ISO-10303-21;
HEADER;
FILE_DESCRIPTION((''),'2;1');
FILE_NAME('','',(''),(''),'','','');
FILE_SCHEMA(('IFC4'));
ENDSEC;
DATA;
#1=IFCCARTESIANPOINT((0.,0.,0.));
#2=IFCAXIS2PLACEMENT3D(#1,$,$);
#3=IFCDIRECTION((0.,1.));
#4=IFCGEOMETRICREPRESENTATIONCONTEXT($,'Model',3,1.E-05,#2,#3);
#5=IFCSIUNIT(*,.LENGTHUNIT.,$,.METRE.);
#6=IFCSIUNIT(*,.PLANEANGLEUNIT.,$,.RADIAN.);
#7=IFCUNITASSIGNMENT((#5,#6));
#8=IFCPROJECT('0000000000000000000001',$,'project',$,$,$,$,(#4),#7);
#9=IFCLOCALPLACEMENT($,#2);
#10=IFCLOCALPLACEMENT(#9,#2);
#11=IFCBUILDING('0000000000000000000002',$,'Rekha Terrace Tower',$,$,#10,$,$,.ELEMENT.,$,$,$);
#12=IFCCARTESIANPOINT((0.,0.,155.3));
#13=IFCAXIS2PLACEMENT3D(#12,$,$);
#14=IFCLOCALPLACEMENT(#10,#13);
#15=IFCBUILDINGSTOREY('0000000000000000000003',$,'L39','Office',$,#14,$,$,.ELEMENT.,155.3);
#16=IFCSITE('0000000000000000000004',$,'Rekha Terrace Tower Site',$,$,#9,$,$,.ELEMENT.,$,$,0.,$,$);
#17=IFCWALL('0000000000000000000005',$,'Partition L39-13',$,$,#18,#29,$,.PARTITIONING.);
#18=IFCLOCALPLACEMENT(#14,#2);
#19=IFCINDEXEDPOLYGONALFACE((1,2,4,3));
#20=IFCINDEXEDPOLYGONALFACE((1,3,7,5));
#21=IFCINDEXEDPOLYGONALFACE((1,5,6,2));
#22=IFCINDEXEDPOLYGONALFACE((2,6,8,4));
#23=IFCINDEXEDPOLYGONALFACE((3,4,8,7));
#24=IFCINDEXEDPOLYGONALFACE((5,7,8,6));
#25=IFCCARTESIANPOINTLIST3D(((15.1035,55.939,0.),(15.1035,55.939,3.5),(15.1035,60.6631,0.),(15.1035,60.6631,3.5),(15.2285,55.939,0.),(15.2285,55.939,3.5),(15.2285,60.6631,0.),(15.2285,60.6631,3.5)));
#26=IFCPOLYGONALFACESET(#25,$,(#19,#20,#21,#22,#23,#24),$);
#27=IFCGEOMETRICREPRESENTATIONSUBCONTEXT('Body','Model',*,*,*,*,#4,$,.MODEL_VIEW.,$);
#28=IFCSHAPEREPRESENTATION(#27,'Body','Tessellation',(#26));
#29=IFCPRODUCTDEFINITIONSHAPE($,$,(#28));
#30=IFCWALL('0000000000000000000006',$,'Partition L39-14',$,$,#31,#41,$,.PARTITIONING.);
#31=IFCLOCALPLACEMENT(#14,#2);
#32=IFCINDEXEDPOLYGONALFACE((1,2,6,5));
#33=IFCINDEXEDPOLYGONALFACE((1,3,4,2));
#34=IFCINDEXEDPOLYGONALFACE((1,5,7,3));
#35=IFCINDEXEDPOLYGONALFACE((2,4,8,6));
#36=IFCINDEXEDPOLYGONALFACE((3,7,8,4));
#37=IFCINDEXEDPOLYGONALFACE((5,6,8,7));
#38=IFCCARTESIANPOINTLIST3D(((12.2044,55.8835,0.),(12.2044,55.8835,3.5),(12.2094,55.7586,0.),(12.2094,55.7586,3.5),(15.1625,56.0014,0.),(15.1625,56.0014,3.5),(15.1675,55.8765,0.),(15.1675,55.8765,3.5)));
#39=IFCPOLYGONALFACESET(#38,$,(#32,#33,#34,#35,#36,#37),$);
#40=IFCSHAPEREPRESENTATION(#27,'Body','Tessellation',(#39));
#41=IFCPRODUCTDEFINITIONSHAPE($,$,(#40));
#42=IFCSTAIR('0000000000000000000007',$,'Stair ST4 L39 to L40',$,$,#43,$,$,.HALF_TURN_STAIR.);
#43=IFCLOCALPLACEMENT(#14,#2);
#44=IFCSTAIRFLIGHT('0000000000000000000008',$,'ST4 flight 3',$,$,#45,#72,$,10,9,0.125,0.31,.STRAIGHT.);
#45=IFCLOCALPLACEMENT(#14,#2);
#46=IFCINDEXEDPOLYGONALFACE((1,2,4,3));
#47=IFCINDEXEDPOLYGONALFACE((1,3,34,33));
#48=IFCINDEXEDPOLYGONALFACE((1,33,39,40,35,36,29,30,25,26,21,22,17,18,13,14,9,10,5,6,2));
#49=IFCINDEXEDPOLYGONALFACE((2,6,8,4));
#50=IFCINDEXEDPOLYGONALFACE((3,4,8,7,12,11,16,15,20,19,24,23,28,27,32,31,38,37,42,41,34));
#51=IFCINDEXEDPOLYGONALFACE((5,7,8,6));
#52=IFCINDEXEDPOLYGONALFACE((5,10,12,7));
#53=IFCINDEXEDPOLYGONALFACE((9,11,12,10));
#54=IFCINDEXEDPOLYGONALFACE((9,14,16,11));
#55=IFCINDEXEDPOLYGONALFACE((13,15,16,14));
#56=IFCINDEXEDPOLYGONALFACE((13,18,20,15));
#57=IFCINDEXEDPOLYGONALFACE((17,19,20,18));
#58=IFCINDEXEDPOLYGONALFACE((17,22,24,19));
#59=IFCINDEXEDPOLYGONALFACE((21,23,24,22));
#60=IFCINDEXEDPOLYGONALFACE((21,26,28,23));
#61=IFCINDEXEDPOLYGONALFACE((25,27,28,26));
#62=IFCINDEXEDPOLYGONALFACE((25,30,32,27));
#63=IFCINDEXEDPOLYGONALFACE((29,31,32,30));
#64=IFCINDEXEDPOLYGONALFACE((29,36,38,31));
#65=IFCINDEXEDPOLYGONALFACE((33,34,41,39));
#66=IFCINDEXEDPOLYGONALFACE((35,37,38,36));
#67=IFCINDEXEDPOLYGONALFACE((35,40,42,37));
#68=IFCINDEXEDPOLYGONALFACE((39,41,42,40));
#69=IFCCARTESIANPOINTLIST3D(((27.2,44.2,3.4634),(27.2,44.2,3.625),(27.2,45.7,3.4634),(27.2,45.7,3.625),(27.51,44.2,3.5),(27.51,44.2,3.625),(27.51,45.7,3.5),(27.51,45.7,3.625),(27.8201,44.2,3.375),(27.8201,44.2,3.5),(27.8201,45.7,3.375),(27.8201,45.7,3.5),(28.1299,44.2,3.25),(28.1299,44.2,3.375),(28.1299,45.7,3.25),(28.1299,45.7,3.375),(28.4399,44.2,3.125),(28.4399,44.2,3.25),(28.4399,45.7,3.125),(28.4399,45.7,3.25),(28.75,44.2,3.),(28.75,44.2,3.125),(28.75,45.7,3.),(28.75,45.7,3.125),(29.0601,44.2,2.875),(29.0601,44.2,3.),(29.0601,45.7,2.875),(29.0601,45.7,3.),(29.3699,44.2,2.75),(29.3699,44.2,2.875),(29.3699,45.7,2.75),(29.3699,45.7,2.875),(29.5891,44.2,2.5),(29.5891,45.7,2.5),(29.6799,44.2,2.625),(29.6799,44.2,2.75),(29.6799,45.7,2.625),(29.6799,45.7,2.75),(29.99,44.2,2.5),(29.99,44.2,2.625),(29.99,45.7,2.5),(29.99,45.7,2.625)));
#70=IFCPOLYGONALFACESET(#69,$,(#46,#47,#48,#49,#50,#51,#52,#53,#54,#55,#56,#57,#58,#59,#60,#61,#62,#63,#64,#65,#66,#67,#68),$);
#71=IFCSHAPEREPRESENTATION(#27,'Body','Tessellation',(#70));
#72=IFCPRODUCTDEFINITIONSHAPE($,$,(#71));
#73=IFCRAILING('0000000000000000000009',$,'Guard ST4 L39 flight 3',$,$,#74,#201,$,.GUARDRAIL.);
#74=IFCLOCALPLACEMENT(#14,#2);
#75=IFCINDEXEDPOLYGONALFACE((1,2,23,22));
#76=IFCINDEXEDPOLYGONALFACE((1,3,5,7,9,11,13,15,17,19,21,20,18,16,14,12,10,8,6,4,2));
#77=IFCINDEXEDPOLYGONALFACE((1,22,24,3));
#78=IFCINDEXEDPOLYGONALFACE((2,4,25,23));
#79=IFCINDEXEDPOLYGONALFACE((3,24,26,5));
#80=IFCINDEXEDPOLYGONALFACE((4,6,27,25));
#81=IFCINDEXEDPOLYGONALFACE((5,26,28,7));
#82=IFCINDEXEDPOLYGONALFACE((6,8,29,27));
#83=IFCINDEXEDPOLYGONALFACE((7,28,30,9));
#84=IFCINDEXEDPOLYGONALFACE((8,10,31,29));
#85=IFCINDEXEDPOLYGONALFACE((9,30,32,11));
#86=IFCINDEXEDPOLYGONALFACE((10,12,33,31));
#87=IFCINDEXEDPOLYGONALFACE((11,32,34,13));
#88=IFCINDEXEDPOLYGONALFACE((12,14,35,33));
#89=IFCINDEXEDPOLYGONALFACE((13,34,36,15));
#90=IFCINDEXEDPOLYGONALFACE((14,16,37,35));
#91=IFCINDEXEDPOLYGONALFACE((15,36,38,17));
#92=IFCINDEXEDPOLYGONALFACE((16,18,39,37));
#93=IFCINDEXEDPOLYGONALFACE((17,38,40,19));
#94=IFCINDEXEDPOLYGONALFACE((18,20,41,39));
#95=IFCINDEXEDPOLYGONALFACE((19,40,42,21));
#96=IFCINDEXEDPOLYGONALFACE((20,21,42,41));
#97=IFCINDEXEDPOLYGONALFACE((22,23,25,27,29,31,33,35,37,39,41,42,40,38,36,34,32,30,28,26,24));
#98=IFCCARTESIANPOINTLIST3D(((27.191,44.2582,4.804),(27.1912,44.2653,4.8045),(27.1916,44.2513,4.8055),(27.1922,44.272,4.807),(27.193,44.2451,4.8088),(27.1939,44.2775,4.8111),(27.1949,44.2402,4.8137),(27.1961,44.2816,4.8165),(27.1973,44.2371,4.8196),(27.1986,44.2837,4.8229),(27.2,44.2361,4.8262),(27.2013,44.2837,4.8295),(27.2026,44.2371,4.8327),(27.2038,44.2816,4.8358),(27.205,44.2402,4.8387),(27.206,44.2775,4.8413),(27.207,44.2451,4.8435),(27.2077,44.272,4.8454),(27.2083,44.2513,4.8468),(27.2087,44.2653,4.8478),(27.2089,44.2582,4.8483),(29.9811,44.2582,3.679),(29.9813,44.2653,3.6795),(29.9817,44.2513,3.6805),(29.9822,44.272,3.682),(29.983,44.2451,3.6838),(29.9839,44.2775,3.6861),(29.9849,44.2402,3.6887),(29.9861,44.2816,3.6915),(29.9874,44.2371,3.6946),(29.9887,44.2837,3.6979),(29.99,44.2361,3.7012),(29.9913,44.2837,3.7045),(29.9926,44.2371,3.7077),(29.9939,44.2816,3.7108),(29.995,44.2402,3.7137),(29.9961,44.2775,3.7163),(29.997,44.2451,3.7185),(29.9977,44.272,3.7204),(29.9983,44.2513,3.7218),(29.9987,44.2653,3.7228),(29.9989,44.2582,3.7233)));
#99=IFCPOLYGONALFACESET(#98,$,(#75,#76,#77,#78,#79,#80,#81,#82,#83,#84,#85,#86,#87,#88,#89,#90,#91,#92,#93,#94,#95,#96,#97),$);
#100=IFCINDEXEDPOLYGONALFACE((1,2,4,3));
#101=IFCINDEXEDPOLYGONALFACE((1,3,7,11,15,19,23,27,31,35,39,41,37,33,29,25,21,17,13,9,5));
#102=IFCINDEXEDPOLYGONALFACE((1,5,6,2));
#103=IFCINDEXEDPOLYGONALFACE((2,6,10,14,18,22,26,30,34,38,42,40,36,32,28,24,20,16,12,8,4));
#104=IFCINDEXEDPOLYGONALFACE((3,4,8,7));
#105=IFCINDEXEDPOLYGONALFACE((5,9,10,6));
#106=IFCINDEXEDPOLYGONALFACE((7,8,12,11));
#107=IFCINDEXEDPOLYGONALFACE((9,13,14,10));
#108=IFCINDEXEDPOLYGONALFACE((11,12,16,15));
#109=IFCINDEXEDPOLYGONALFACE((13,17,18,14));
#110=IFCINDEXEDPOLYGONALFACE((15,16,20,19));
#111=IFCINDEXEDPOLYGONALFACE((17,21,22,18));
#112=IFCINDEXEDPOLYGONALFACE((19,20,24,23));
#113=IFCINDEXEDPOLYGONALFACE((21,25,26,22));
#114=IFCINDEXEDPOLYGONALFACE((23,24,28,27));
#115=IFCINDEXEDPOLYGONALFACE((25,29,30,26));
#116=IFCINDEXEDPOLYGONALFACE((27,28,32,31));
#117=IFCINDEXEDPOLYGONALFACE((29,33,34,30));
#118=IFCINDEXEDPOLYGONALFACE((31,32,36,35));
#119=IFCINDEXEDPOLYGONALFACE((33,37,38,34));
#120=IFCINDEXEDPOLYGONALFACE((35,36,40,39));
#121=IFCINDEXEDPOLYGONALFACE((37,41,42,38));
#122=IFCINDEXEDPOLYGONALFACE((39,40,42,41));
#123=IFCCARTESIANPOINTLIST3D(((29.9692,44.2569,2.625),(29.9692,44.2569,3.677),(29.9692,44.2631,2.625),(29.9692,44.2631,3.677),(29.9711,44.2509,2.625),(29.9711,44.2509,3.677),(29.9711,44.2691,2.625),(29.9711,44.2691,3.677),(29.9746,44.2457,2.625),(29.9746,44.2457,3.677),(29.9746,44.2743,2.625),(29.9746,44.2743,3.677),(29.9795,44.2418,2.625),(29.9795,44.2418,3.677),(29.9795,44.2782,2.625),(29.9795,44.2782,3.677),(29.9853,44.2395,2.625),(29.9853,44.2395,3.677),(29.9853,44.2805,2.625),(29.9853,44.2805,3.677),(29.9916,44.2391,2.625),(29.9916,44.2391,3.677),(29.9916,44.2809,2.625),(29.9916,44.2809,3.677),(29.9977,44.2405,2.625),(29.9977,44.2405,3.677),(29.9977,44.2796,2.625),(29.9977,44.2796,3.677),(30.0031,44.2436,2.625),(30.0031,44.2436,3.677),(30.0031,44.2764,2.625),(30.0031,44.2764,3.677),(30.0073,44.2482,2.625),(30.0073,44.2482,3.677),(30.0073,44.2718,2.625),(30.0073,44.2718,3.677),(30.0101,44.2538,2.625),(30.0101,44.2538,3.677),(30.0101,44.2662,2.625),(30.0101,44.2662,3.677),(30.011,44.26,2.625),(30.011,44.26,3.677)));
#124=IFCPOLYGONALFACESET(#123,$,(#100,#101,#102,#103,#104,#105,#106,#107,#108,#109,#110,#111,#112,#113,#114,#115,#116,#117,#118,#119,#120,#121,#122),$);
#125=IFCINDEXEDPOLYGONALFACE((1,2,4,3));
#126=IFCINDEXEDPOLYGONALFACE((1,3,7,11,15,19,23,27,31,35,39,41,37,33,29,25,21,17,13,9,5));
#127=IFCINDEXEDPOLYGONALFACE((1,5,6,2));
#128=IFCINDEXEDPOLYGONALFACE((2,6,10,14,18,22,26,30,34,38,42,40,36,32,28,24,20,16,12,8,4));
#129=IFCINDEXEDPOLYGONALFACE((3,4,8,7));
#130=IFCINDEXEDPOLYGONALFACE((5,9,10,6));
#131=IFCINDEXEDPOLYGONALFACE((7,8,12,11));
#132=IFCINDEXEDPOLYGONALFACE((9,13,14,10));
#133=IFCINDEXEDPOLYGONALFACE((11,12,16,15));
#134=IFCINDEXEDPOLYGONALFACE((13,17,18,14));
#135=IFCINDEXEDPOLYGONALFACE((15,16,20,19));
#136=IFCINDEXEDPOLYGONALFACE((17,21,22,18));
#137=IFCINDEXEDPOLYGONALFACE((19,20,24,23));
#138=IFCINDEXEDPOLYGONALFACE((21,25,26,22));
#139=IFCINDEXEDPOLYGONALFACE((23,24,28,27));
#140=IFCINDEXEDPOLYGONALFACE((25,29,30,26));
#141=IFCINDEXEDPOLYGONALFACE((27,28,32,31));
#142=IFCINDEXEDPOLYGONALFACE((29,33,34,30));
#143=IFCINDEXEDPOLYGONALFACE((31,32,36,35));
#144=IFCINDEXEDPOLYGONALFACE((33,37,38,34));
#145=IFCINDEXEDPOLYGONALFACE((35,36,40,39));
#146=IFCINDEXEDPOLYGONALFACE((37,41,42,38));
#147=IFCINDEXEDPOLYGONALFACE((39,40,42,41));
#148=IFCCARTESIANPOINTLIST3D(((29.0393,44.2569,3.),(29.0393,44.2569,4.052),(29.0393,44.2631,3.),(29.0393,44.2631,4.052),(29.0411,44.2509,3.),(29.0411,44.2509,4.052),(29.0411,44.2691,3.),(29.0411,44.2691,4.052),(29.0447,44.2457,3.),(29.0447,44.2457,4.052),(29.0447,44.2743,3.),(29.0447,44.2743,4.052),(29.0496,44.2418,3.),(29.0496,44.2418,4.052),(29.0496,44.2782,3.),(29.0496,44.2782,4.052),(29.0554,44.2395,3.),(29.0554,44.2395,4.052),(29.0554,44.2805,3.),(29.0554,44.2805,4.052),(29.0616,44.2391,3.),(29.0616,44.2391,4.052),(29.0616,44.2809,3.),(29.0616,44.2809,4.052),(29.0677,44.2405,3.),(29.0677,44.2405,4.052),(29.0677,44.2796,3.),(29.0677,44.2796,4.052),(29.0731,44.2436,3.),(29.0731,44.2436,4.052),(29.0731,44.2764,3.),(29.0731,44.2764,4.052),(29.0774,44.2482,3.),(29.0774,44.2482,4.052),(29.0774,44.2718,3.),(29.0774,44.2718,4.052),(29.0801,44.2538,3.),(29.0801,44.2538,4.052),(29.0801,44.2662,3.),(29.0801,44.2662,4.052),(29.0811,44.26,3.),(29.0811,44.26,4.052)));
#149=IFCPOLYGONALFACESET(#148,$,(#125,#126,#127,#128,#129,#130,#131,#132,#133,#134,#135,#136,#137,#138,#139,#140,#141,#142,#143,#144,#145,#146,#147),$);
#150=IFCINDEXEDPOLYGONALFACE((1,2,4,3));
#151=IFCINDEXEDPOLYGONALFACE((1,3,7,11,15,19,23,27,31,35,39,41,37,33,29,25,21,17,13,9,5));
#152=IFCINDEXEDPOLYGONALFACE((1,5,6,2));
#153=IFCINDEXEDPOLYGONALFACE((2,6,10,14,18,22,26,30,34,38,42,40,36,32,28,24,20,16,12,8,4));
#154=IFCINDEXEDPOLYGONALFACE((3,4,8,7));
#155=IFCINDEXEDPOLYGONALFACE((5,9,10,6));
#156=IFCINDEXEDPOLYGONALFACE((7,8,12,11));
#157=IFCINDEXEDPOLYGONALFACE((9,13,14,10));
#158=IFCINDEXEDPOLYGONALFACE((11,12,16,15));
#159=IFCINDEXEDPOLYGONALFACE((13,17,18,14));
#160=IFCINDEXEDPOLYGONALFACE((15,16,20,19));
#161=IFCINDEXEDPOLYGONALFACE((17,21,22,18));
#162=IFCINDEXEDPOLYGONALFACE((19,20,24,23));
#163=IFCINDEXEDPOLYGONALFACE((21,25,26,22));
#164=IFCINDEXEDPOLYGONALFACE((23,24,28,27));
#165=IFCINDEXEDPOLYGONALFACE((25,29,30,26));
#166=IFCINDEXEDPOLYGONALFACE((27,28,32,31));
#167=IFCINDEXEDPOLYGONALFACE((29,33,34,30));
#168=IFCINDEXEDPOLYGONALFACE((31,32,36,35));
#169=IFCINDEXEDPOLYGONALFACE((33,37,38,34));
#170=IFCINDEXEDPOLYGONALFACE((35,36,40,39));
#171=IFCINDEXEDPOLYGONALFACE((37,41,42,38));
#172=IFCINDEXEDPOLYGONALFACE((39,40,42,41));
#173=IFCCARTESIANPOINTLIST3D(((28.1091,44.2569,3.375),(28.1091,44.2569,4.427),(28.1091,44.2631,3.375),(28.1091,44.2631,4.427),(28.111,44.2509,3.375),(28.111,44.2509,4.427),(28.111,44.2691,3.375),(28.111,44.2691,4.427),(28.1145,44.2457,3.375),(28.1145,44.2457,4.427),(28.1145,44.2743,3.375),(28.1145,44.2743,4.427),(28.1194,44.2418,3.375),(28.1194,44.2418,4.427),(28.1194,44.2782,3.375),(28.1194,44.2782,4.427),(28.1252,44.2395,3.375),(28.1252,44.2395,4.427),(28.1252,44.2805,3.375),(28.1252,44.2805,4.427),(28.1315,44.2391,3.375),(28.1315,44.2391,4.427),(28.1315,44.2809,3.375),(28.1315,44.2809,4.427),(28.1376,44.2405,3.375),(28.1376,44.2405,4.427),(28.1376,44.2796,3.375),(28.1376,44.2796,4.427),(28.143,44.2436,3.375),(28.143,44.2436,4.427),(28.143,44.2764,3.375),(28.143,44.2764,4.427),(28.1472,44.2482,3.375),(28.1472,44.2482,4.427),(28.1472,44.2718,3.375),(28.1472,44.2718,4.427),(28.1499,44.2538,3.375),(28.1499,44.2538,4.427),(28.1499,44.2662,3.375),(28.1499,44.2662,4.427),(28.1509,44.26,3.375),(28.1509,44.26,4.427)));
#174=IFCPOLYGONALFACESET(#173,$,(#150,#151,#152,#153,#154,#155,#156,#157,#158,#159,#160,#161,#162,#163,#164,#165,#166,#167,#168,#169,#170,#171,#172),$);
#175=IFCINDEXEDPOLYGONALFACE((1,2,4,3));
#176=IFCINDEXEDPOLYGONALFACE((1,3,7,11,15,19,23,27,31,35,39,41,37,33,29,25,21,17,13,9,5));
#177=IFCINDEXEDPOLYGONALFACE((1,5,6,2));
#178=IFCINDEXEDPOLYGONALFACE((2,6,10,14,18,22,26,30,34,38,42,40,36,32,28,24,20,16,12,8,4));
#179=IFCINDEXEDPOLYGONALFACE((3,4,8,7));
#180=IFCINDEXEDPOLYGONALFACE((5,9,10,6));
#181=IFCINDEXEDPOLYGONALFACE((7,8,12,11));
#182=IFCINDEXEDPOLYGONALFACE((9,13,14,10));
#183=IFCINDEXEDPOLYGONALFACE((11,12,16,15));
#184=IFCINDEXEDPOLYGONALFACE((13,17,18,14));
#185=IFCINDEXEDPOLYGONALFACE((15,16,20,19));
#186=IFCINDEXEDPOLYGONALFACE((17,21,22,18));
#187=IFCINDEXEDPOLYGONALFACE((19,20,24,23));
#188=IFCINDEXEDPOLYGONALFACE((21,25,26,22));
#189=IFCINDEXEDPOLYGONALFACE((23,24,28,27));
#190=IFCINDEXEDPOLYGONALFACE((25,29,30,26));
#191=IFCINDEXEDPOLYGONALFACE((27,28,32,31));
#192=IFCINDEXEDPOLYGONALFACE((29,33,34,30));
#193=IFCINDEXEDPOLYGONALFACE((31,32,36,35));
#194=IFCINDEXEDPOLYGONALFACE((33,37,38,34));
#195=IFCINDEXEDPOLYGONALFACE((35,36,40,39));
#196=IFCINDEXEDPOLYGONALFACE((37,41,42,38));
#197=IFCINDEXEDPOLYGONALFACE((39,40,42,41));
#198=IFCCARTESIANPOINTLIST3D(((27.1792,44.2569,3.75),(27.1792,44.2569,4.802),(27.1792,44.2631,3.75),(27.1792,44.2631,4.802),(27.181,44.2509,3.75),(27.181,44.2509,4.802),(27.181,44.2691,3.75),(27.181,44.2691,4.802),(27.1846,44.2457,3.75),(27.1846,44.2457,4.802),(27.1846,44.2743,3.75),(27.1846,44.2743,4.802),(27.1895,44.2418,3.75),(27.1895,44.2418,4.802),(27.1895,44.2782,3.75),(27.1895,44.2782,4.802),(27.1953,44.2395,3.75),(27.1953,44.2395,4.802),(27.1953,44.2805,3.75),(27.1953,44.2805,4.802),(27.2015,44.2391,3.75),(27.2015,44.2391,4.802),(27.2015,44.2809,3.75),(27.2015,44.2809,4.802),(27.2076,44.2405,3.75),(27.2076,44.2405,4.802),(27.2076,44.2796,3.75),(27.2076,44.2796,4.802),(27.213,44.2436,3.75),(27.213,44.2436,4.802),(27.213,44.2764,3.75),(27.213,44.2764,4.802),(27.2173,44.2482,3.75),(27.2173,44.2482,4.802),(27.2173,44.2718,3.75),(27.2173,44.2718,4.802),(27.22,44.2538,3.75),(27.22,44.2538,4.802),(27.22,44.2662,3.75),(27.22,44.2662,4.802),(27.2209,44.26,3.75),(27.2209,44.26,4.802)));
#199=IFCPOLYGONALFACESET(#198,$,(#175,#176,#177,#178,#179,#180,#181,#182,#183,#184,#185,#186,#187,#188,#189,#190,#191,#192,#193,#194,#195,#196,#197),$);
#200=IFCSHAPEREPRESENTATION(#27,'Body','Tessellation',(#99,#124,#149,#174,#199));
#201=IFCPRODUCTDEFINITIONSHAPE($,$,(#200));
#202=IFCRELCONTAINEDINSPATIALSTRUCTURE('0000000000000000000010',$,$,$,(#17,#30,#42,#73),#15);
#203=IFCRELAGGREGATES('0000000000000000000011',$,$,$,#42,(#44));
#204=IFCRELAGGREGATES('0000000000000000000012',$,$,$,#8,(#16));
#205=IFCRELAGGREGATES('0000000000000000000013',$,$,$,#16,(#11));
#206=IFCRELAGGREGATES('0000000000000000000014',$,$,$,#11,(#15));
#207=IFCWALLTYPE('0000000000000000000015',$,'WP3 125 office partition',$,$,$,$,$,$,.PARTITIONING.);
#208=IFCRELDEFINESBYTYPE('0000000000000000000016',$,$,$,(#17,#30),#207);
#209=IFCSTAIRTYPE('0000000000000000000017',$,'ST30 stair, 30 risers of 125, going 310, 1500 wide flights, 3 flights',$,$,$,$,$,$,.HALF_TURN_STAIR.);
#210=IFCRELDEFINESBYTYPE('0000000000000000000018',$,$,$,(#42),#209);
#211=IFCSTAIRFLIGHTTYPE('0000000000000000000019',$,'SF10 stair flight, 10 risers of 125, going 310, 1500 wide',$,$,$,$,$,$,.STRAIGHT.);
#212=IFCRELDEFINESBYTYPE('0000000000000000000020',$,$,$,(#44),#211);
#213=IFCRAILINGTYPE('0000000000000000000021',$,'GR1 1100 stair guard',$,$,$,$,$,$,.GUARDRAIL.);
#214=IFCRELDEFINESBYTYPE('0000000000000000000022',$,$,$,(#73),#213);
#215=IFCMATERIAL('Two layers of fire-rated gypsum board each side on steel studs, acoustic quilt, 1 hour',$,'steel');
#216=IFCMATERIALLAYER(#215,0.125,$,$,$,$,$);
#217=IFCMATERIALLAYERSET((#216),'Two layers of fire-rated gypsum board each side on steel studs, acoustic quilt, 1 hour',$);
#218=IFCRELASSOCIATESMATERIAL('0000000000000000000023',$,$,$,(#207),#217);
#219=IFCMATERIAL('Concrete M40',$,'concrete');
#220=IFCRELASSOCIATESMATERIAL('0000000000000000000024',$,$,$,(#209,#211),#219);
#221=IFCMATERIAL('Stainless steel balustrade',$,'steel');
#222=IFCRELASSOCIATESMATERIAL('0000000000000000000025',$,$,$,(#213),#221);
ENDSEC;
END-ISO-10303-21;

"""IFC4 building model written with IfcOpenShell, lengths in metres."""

from ifc_helpers import new_model, si_unit, direction, frame, frame_2d, origin, origin_2d, place, context, subcontext, project, spatial, polyline, rectangle, circle, outline, extrude, material, layer, layer_set, type_object, element, aggregate, save


model = new_model("IFC4")

# Units and contexts
model_context = context("Model", 3, precision=1e-05, world=origin(), true_north=direction((0.0, 1.0)))
body_context = subcontext(model_context, "Body", "Model", "MODEL_VIEW")
ifc_project = project(units=[si_unit("LENGTHUNIT", "METRE"), si_unit("PLANEANGLEUNIT", "RADIAN")], contexts=[model_context])

# Site, building, storey
site_placement = place(None, origin())
site = spatial("IfcSite", under=ifc_project, at=site_placement, Name="Rekha Terrace Tower Site", CompositionType="ELEMENT", RefElevation=0.0)
building_placement = place(site_placement, origin())
building = spatial("IfcBuilding", under=site, at=building_placement, Name="Rekha Terrace Tower", CompositionType="ELEMENT")
storey_placement = place(building_placement, frame((0.0, 0.0, 155.3)))
storey = spatial("IfcBuildingStorey", under=building, at=storey_placement, Name="L39", Description="Office", CompositionType="ELEMENT", Elevation=155.3)

# Shared definitions
ifc_material_1 = material(Name="Two layers of fire-rated gypsum board each side on steel studs, acoustic quilt, 1 hour", Category="steel")
ifc_layer_1 = layer(ifc_material_1, 0.125)
ifc_layer_set_1 = layer_set([ifc_layer_1], Name="Two layers of fire-rated gypsum board each side on steel studs, acoustic quilt, 1 hour")
wall_type_1 = type_object("IfcWallType", Name="WP3 125 office partition", PredefinedType="PARTITIONING", material=ifc_layer_set_1)

# Walls
wall_1_placement = place(storey_placement, frame((15.166, 55.939, 0.0), z_axis=(0.0, 0.0, 1.0), x_axis=(0.0, 1.0, 0.0)))
element("IfcWall", 1, at=wall_1_placement, inside=storey, type_object=wall_type_1, Name="Partition L39-13", PredefinedType="PARTITIONING", context=body_context, shape_type="SweptSolid", body=[
    extrude(rectangle(XDim=4.7241, YDim=0.125, at=frame_2d((2.3621, 0.0))), origin(), (0.0, 0.0, 1.0), 3.5),
])
wall_2_placement = place(storey_placement, frame((15.165, 55.939, 0.0), z_axis=(0.0, 0.0, 1.0), x_axis=(-0.999206, -0.039833, 0.0)))
element("IfcWall", 2, at=wall_2_placement, inside=storey, type_object=wall_type_1, Name="Partition L39-14", PredefinedType="PARTITIONING", context=body_context, shape_type="SweptSolid", body=[
    extrude(rectangle(XDim=2.9604, YDim=0.125, at=frame_2d((1.4802, 0.0))), origin(), (0.0, 0.0, 1.0), 3.5),
])

# Stair, stair flight
ifc_material_2 = material(Name="Concrete M40", Category="concrete")
stair_type = type_object("IfcStairType", Name="ST30 stair, 30 risers of 125, going 310, 1500 wide flights, 3 flights", PredefinedType="HALF_TURN_STAIR", material=ifc_material_2)
stair_placement = place(storey_placement, origin())
stair = element("IfcStair", 3, at=stair_placement, inside=storey, type_object=stair_type, Name="Stair ST4 L39 to L40", PredefinedType="HALF_TURN_STAIR")
stair_flight_type = type_object("IfcStairFlightType", Name="SF10 stair flight, 10 risers of 125, going 310, 1500 wide", PredefinedType="STRAIGHT", material=ifc_material_2)
stair_flight_placement = place(storey_placement, frame((29.99, 44.95, 2.5), z_axis=(0.0, 0.0, 1.0), x_axis=(-1.0, 0.0, 0.0)))
stair_flight = element("IfcStairFlight", 4, at=stair_flight_placement, type_object=stair_flight_type, Name="ST4 flight 3", NumberOfRisers=10, NumberOfTreads=9, PredefinedType="STRAIGHT", RiserHeight=0.125, TreadLength=0.31, context=body_context, shape_type="SweptSolid", body=[
    extrude(outline(polyline([(0.0, 0.0), (0.0, 0.125), (0.3101, 0.125), (0.3101, 0.25), (0.6201, 0.25), (0.6201, 0.375), (0.9299, 0.375), (0.9299, 0.5), (1.24, 0.5), (1.24, 0.625), (1.55, 0.625), (1.55, 0.75), (1.8601, 0.75), (1.8601, 0.875), (2.1699, 0.875), (2.1699, 1.0), (2.48, 1.0), (2.48, 1.125), (2.79, 1.125), (2.79, 1.25), (2.79, 0.9634), (0.4009, 0.0), (0.0, 0.0)])), frame((0.0, 0.75, 0.0), z_axis=(0.0, -1.0, 0.0), x_axis=(1.0, 0.0, 0.0)), (0.0, 0.0, 1.0), 1.5),
])
aggregate(stair, [stair_flight])

# Railing
ifc_material_3 = material(Name="Stainless steel balustrade", Category="steel")
railing_type_1 = type_object("IfcRailingType", Name="GR1 1100 stair guard", PredefinedType="GUARDRAIL", material=ifc_material_3)
railing_1_placement = place(storey_placement, frame((29.99, 44.26, 2.625)))
element("IfcRailing", 5, at=railing_1_placement, inside=storey, type_object=railing_type_1, Name="Guard ST4 L39 flight 3", PredefinedType="GUARDRAIL", context=body_context, shape_type="SweptSolid", body=[
    extrude(circle(Radius=0.0239, at=origin_2d()), frame((0.0, 0.0, 1.0762), z_axis=(-0.927443, 0.0, 0.373964), x_axis=(0.0, -1.0, 0.0)), (0.0, 0.0, 1.0), 3.0083),
    extrude(circle(Radius=0.021, at=origin_2d()), origin(), (0.0, 0.0, 1.0), 1.052),
    extrude(circle(Radius=0.021, at=origin_2d()), frame((-0.9299, 0.0, 0.375)), (0.0, 0.0, 1.0), 1.052),
    extrude(circle(Radius=0.021, at=origin_2d()), frame((-1.8601, 0.0, 0.75)), (0.0, 0.0, 1.0), 1.052),
    extrude(circle(Radius=0.021, at=origin_2d()), frame((-2.79, 0.0, 1.125)), (0.0, 0.0, 1.0), 1.052),
])

save(model, "model.ifc")
